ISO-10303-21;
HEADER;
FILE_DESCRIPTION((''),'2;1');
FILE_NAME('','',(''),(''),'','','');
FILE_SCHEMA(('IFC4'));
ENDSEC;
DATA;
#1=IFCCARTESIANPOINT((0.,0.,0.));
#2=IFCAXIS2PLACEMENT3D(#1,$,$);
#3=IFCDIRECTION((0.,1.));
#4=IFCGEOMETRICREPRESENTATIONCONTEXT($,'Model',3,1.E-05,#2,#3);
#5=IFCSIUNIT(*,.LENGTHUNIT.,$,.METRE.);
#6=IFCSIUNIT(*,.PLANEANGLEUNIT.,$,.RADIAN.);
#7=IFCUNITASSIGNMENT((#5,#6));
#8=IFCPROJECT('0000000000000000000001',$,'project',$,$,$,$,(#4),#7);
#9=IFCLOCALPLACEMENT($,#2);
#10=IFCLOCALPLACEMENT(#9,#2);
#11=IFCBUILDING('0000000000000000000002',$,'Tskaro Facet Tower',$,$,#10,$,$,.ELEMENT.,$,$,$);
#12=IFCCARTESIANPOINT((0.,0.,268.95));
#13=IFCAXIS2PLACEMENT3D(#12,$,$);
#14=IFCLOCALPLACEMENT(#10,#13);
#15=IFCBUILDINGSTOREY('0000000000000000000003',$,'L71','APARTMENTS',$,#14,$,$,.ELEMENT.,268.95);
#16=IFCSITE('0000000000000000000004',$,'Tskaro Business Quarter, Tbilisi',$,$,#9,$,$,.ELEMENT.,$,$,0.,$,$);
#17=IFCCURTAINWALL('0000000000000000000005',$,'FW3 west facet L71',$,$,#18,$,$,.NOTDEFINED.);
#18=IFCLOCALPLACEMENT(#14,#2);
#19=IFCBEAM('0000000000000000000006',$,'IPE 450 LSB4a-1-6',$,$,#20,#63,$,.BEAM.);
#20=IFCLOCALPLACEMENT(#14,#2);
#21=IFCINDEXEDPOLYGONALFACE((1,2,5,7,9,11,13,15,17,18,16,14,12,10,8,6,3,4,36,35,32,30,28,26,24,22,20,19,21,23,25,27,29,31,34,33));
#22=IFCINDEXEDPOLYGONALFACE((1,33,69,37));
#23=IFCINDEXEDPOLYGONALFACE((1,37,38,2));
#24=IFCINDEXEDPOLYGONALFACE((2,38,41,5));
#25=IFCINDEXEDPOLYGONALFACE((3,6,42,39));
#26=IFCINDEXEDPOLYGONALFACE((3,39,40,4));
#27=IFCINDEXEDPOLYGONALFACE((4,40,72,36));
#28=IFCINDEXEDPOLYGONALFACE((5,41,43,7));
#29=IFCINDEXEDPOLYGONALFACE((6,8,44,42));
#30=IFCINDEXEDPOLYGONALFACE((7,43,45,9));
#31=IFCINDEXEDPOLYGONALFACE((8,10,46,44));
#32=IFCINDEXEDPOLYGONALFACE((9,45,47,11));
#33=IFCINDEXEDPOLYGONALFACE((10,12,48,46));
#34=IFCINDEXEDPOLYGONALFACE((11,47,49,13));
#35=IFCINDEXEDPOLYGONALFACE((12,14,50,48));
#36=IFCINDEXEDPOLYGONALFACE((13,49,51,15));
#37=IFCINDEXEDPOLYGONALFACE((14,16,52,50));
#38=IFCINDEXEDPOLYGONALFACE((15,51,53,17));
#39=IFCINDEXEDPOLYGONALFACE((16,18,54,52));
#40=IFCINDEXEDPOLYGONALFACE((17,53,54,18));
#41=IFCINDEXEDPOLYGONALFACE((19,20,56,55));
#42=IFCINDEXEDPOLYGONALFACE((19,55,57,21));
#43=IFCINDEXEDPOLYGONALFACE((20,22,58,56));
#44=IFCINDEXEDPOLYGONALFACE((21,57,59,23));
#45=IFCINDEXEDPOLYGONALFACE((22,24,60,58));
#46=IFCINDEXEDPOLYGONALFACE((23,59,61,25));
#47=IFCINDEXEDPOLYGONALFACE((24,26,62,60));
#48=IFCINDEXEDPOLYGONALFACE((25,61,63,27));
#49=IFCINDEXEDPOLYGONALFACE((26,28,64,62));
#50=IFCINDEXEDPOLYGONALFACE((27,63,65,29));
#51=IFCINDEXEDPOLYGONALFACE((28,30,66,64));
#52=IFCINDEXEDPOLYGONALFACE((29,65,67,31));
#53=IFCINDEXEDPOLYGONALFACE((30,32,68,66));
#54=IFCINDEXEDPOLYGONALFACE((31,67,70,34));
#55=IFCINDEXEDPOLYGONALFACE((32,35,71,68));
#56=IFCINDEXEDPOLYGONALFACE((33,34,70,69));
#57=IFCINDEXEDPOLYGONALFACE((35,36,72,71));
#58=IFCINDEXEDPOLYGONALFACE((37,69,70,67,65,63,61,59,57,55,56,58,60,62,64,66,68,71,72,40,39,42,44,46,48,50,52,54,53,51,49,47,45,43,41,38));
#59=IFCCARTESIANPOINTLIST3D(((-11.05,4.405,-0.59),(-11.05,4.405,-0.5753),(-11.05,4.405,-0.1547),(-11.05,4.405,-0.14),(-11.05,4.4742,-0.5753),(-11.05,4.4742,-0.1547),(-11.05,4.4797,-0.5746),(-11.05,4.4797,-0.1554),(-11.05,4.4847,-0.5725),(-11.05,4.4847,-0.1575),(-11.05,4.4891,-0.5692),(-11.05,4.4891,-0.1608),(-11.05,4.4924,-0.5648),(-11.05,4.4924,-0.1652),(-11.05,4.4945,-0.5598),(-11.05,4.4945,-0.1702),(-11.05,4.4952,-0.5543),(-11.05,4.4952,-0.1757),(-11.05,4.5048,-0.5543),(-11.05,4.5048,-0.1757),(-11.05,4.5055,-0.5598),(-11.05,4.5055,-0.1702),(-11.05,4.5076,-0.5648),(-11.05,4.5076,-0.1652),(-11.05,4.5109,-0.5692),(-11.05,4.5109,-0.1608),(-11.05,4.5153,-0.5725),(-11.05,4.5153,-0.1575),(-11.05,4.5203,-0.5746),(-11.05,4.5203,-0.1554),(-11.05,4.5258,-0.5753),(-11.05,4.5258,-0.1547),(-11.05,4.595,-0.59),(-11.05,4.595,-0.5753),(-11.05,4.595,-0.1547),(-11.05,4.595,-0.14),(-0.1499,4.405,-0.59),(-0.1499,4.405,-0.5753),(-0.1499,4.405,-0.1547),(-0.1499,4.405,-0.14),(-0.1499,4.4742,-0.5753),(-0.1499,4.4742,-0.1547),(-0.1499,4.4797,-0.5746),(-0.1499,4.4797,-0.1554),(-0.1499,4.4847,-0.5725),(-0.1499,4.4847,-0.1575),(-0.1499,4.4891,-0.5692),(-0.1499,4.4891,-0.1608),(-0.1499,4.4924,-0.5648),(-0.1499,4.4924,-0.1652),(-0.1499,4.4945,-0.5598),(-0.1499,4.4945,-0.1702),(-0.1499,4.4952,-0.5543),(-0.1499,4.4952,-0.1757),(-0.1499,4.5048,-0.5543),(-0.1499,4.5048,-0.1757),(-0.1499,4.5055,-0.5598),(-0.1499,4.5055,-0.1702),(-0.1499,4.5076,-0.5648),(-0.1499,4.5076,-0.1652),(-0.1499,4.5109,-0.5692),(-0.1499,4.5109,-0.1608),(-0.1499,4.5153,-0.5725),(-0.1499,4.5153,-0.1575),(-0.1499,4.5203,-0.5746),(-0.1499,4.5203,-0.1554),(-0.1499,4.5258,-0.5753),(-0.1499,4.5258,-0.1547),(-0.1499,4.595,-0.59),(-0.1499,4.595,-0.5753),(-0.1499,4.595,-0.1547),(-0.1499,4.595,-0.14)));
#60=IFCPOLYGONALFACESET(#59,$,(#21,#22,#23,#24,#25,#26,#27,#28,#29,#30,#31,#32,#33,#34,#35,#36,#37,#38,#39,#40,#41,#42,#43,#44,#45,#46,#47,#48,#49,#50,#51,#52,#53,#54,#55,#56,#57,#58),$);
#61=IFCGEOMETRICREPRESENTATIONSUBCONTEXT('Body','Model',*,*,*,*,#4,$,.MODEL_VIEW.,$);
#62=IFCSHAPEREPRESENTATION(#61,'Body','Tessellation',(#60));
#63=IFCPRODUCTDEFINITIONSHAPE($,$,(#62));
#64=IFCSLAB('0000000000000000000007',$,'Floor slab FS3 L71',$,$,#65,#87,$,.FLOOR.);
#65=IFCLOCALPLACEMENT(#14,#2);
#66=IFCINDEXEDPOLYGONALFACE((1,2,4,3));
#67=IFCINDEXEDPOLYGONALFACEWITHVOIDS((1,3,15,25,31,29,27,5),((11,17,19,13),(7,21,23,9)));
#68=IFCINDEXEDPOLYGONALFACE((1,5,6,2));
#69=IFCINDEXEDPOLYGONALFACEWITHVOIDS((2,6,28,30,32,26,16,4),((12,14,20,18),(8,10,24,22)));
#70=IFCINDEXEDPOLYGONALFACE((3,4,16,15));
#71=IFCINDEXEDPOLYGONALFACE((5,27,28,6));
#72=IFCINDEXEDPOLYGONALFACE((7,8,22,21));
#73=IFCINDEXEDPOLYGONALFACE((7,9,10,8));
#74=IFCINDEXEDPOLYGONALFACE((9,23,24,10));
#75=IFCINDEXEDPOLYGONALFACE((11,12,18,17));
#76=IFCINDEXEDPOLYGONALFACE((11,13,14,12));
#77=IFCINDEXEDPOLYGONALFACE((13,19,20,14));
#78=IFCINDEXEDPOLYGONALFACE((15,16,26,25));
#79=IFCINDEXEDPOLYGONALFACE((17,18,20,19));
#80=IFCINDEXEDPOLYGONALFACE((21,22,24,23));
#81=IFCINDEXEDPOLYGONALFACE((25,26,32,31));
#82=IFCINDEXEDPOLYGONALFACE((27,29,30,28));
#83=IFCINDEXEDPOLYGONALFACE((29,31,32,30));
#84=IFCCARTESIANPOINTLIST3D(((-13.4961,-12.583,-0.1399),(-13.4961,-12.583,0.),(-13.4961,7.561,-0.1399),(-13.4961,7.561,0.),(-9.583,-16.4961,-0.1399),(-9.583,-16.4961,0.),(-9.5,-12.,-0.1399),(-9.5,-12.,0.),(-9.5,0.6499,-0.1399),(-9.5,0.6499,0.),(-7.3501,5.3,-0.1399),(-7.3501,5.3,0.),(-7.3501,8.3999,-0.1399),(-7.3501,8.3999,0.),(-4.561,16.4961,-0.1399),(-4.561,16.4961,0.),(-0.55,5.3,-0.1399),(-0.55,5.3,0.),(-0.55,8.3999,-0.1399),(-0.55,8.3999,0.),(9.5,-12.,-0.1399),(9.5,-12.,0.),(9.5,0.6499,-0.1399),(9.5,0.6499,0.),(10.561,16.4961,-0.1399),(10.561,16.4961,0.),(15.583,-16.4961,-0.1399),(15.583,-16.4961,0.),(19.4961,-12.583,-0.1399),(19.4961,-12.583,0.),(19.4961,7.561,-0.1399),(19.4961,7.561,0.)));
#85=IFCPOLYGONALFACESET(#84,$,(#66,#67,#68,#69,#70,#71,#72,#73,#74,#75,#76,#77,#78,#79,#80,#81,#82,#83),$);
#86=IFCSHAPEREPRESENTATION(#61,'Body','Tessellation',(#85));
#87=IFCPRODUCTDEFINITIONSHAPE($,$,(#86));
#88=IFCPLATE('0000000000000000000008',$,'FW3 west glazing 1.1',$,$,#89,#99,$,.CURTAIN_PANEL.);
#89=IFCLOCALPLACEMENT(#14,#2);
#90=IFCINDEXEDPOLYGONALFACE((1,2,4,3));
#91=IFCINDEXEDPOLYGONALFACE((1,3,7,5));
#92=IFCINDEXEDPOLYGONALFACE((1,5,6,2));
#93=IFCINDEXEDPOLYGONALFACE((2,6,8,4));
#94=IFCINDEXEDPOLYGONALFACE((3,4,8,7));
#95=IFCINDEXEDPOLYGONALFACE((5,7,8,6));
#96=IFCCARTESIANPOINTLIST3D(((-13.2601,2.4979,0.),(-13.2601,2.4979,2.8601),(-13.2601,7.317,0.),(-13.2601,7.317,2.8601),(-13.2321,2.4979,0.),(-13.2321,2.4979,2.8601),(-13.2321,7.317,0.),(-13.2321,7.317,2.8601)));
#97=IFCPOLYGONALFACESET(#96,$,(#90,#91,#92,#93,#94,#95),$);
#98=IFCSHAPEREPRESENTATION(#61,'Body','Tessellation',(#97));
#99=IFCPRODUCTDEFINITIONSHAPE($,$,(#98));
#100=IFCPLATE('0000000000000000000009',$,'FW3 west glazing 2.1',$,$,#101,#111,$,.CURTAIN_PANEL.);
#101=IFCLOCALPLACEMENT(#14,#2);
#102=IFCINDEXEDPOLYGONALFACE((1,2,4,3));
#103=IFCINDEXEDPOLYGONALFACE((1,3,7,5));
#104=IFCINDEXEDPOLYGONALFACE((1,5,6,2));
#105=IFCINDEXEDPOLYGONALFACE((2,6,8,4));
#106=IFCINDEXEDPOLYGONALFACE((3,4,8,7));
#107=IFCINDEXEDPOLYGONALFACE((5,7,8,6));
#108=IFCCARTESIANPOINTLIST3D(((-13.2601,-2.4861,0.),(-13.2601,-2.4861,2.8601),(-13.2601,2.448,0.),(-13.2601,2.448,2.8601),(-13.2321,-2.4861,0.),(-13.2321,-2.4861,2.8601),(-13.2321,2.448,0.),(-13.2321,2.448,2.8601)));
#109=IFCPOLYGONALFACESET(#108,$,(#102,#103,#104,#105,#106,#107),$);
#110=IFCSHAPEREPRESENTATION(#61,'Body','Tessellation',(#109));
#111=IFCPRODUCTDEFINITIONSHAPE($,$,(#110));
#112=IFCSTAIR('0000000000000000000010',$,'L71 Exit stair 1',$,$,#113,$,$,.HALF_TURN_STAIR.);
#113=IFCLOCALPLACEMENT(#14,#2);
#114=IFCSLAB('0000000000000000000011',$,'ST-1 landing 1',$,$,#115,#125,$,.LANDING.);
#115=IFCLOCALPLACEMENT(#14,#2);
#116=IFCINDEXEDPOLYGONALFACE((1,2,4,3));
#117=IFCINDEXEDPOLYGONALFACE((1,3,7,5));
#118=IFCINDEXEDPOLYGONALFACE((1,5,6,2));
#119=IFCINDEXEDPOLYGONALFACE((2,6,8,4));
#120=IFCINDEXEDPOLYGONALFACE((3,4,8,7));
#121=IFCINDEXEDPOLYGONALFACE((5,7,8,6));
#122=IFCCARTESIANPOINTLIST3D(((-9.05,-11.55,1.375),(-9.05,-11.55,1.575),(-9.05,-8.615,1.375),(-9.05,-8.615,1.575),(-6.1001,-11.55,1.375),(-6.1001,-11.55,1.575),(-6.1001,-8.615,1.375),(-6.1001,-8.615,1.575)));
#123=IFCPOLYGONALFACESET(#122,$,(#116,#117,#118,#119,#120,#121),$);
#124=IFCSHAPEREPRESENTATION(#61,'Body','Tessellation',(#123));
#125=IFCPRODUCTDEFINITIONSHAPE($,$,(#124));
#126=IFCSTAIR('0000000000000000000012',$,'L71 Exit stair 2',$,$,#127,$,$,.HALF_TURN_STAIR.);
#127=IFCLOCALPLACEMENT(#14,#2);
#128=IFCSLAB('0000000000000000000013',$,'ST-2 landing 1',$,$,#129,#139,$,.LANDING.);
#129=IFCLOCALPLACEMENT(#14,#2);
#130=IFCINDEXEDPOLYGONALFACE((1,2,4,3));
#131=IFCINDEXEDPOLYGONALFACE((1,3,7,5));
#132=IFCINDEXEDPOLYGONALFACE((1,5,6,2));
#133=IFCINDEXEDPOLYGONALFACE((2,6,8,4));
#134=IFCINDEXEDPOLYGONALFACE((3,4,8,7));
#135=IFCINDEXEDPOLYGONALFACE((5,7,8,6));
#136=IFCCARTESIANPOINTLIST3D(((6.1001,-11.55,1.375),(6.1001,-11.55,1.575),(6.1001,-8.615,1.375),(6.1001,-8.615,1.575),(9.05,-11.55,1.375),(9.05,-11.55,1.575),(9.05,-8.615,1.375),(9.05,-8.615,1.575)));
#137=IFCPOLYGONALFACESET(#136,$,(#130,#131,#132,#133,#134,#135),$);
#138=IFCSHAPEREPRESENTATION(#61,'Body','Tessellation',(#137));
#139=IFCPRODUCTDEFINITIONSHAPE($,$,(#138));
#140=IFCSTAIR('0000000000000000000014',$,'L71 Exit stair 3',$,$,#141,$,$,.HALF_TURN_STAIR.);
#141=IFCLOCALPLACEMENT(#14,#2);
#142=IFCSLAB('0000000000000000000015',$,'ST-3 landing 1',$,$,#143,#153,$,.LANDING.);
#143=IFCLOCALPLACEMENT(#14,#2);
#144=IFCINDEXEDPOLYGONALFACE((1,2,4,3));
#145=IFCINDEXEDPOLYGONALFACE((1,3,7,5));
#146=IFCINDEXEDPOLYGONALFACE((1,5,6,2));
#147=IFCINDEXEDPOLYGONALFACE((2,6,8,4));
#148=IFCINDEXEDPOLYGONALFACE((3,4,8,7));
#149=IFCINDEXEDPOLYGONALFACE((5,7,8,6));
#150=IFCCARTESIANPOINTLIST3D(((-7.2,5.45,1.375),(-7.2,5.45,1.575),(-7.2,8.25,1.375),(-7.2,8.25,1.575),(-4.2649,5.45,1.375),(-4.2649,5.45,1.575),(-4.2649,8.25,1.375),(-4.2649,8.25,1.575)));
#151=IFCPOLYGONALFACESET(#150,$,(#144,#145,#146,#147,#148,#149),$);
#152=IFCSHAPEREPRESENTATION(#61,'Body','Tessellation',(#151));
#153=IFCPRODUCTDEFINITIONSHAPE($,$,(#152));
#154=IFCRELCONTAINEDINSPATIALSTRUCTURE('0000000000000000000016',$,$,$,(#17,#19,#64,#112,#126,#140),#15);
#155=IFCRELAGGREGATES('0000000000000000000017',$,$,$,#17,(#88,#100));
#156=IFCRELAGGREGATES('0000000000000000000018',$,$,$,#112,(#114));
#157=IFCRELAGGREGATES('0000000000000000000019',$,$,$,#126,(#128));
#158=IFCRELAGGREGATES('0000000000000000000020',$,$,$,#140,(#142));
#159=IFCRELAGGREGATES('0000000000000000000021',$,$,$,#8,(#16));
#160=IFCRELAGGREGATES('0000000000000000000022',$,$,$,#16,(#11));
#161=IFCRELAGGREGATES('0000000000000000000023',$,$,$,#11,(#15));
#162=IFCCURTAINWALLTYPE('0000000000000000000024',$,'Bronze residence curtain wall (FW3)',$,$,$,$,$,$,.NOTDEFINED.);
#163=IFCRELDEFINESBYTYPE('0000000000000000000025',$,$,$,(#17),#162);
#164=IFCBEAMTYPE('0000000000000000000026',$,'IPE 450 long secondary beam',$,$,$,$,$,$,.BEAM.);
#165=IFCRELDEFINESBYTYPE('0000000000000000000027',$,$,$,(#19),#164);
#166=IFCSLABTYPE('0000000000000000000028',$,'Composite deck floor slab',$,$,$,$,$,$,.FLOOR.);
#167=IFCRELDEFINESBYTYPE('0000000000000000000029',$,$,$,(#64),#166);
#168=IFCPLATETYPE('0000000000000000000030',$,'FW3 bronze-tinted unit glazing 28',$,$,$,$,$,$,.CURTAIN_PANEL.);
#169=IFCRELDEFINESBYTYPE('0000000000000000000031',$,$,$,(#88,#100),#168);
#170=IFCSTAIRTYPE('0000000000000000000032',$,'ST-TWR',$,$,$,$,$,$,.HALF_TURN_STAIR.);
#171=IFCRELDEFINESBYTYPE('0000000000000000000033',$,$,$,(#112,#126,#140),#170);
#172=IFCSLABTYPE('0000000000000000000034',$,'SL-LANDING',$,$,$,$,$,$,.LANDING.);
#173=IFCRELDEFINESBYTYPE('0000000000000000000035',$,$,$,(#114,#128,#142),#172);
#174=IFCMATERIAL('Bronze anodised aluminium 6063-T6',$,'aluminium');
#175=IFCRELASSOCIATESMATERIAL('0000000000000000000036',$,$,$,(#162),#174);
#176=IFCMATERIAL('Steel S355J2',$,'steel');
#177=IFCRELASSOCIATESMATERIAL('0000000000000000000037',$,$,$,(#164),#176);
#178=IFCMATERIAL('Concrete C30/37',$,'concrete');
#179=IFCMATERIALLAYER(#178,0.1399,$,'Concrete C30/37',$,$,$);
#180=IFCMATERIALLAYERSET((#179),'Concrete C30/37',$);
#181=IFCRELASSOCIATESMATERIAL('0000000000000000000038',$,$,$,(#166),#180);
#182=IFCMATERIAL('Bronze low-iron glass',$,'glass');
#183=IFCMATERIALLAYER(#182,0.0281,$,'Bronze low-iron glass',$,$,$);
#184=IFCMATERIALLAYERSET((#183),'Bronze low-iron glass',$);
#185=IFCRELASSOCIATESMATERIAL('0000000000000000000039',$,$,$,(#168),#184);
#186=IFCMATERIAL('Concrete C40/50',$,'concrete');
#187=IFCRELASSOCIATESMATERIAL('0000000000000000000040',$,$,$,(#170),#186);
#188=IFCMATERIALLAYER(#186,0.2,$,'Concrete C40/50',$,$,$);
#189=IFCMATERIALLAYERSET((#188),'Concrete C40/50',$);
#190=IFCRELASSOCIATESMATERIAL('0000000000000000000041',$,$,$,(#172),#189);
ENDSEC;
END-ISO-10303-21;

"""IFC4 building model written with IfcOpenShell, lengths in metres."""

from ifc_helpers import new_model, si_unit, direction, frame, origin, origin_2d, place, context, subcontext, project, spatial, polyline, rectangle, i_section, outline, extrude, material, layer, layer_set, material_profile, profile_set, type_object, element, aggregate, save


model = new_model("IFC4")

# Units and contexts
model_context = context("Model", 3, precision=1e-05, world=origin(), true_north=direction((0.0, 1.0)))
body_context = subcontext(model_context, "Body", "Model", "MODEL_VIEW")
ifc_project = project(units=[si_unit("LENGTHUNIT", "METRE"), si_unit("PLANEANGLEUNIT", "RADIAN")], contexts=[model_context])

# Site, building, storey
site_placement = place(None, origin())
site = spatial("IfcSite", under=ifc_project, at=site_placement, Name="Tskaro Business Quarter, Tbilisi", CompositionType="ELEMENT", RefElevation=0.0)
building_placement = place(site_placement, origin())
building = spatial("IfcBuilding", under=site, at=building_placement, Name="Tskaro Facet Tower", CompositionType="ELEMENT")
storey_placement = place(building_placement, frame((0.0, 0.0, 268.95)))
storey = spatial("IfcBuildingStorey", under=building, at=storey_placement, Name="L71", Description="APARTMENTS", CompositionType="ELEMENT", Elevation=268.95)

# Shared definitions
ifc_material_1 = material(Name="Steel S355J2", Category="steel")

# Curtain wall
ifc_material_2 = material(Name="Bronze anodised aluminium 6063-T6", Category="aluminium")
curtain_wall_type = type_object("IfcCurtainWallType", Name="Bronze residence curtain wall (FW3)", PredefinedType="NOTDEFINED", material=ifc_material_2)
curtain_wall_placement = place(storey_placement, origin())
curtain_wall = element("IfcCurtainWall", 1, at=curtain_wall_placement, inside=storey, type_object=curtain_wall_type, Name="FW3 west facet L71", PredefinedType="NOTDEFINED")

# Beam
ifc_material_profile_1 = material_profile(ifc_material_1, i_section(OverallWidth=0.1899, OverallDepth=0.45, WebThickness=0.0095, FlangeThickness=0.0146, FilletRadius=0.021, at=origin_2d()), Name="IPE 450")
ifc_profile_set_1 = profile_set([ifc_material_profile_1], Name="Steel S355J2")
beam_type_1 = type_object("IfcBeamType", Name="IPE 450 long secondary beam", PredefinedType="BEAM", material=ifc_profile_set_1)
beam_1_placement = place(storey_placement, frame((-11.05, 4.5, -0.365), z_axis=(1.0, 0.0, 0.0), x_axis=(0.0, 1.0, 0.0)))
element("IfcBeam", 2, at=beam_1_placement, inside=storey, type_object=beam_type_1, Name="IPE 450 LSB4a-1-6", PredefinedType="BEAM", context=body_context, shape_type="SweptSolid", body=[
    extrude(i_section(OverallWidth=0.1899, OverallDepth=0.45, WebThickness=0.0095, FlangeThickness=0.0146, FilletRadius=0.021, at=origin_2d()), origin(), (0.0, 0.0, 1.0), 10.9001),
])

# Slab
ifc_material_3 = material(Name="Concrete C30/37", Category="concrete")
ifc_layer_1 = layer(ifc_material_3, 0.1399, Name="Concrete C30/37")
ifc_layer_set_1 = layer_set([ifc_layer_1], Name="Concrete C30/37")
slab_type_1 = type_object("IfcSlabType", Name="Composite deck floor slab", PredefinedType="FLOOR", material=ifc_layer_set_1)
slab_1_placement = place(storey_placement, frame((0.0, 0.0, -0.1399)))
element("IfcSlab", 3, at=slab_1_placement, inside=storey, type_object=slab_type_1, Name="Floor slab FS3 L71", PredefinedType="FLOOR", context=body_context, shape_type="SweptSolid", body=[
    extrude(outline(polyline([(-9.583, -16.4961), (15.583, -16.4961), (19.4961, -12.583), (19.4961, 7.561), (10.561, 16.4961), (-4.561, 16.4961), (-13.4961, 7.561), (-13.4961, -12.583), (-9.583, -16.4961)]), holes=[polyline([(-9.5, -12.0), (9.5, -12.0), (9.5, 0.6499), (-9.5, 0.6499), (-9.5, -12.0)]), polyline([(-7.3501, 5.3), (-0.55, 5.3), (-0.55, 8.3999), (-7.3501, 8.3999), (-7.3501, 5.3)])]), origin(), (0.0, 0.0, 1.0), 0.1399),
])

# Plates
ifc_material_4 = material(Name="Bronze low-iron glass", Category="glass")
ifc_layer_2 = layer(ifc_material_4, 0.0281, Name="Bronze low-iron glass")
ifc_layer_set_2 = layer_set([ifc_layer_2], Name="Bronze low-iron glass")
plate_type = type_object("IfcPlateType", Name="FW3 bronze-tinted unit glazing 28", PredefinedType="CURTAIN_PANEL", material=ifc_layer_set_2)
plate_1_placement = place(storey_placement, frame((-13.2461, 4.9075, 0.0), z_axis=(0.0, 0.0, 1.0), x_axis=(0.0, -1.0, 0.0)))
plate_1 = element("IfcPlate", 4, at=plate_1_placement, type_object=plate_type, Name="FW3 west glazing 1.1", PredefinedType="CURTAIN_PANEL", context=body_context, shape_type="SweptSolid", body=[
    extrude(rectangle(XDim=4.8191, YDim=0.0281, at=origin_2d()), origin(), (0.0, 0.0, 1.0), 2.8601),
])
plate_2_placement = place(storey_placement, frame((-13.2461, -0.019, 0.0), z_axis=(0.0, 0.0, 1.0), x_axis=(0.0, -1.0, 0.0)))
plate_2 = element("IfcPlate", 5, at=plate_2_placement, type_object=plate_type, Name="FW3 west glazing 2.1", PredefinedType="CURTAIN_PANEL", context=body_context, shape_type="SweptSolid", body=[
    extrude(rectangle(XDim=4.9341, YDim=0.0281, at=origin_2d()), origin(), (0.0, 0.0, 1.0), 2.8601),
])
aggregate(curtain_wall, [plate_1, plate_2])

# Stairs, slabs
ifc_material_5 = material(Name="Concrete C40/50", Category="concrete")
stair_type = type_object("IfcStairType", Name="ST-TWR", PredefinedType="HALF_TURN_STAIR", material=ifc_material_5)
stair_1_placement = place(storey_placement, origin())
stair_1 = element("IfcStair", 6, at=stair_1_placement, inside=storey, type_object=stair_type, Name="L71 Exit stair 1", PredefinedType="HALF_TURN_STAIR")
ifc_layer_3 = layer(ifc_material_5, 0.2, Name="Concrete C40/50")
ifc_layer_set_3 = layer_set([ifc_layer_3], Name="Concrete C40/50")
slab_type_2 = type_object("IfcSlabType", Name="SL-LANDING", PredefinedType="LANDING", material=ifc_layer_set_3)
slab_2_placement = place(storey_placement, frame((0.0, 0.0, 1.375)))
slab_2 = element("IfcSlab", 7, at=slab_2_placement, type_object=slab_type_2, Name="ST-1 landing 1", PredefinedType="LANDING", context=body_context, shape_type="SweptSolid", body=[
    extrude(outline(polyline([(-9.05, -11.55), (-6.1001, -11.55), (-6.1001, -8.615), (-9.05, -8.615), (-9.05, -11.55)])), origin(), (0.0, 0.0, 1.0), 0.2),
])
aggregate(stair_1, [slab_2])
stair_2_placement = place(storey_placement, origin())
stair_2 = element("IfcStair", 8, at=stair_2_placement, inside=storey, type_object=stair_type, Name="L71 Exit stair 2", PredefinedType="HALF_TURN_STAIR")
slab_3_placement = place(storey_placement, frame((0.0, 0.0, 1.375)))
slab_3 = element("IfcSlab", 9, at=slab_3_placement, type_object=slab_type_2, Name="ST-2 landing 1", PredefinedType="LANDING", context=body_context, shape_type="SweptSolid", body=[
    extrude(outline(polyline([(6.1001, -11.55), (9.05, -11.55), (9.05, -8.615), (6.1001, -8.615), (6.1001, -11.55)])), origin(), (0.0, 0.0, 1.0), 0.2),
])
aggregate(stair_2, [slab_3])
stair_3_placement = place(storey_placement, origin())
stair_3 = element("IfcStair", 10, at=stair_3_placement, inside=storey, type_object=stair_type, Name="L71 Exit stair 3", PredefinedType="HALF_TURN_STAIR")
slab_4_placement = place(storey_placement, frame((0.0, 0.0, 1.375)))
slab_4 = element("IfcSlab", 11, at=slab_4_placement, type_object=slab_type_2, Name="ST-3 landing 1", PredefinedType="LANDING", context=body_context, shape_type="SweptSolid", body=[
    extrude(outline(polyline([(-7.2, 5.45), (-4.2649, 5.45), (-4.2649, 8.25), (-7.2, 8.25), (-7.2, 5.45)])), origin(), (0.0, 0.0, 1.0), 0.2),
])

aggregate(stair_3, [slab_4])

save(model, "model.ifc")
